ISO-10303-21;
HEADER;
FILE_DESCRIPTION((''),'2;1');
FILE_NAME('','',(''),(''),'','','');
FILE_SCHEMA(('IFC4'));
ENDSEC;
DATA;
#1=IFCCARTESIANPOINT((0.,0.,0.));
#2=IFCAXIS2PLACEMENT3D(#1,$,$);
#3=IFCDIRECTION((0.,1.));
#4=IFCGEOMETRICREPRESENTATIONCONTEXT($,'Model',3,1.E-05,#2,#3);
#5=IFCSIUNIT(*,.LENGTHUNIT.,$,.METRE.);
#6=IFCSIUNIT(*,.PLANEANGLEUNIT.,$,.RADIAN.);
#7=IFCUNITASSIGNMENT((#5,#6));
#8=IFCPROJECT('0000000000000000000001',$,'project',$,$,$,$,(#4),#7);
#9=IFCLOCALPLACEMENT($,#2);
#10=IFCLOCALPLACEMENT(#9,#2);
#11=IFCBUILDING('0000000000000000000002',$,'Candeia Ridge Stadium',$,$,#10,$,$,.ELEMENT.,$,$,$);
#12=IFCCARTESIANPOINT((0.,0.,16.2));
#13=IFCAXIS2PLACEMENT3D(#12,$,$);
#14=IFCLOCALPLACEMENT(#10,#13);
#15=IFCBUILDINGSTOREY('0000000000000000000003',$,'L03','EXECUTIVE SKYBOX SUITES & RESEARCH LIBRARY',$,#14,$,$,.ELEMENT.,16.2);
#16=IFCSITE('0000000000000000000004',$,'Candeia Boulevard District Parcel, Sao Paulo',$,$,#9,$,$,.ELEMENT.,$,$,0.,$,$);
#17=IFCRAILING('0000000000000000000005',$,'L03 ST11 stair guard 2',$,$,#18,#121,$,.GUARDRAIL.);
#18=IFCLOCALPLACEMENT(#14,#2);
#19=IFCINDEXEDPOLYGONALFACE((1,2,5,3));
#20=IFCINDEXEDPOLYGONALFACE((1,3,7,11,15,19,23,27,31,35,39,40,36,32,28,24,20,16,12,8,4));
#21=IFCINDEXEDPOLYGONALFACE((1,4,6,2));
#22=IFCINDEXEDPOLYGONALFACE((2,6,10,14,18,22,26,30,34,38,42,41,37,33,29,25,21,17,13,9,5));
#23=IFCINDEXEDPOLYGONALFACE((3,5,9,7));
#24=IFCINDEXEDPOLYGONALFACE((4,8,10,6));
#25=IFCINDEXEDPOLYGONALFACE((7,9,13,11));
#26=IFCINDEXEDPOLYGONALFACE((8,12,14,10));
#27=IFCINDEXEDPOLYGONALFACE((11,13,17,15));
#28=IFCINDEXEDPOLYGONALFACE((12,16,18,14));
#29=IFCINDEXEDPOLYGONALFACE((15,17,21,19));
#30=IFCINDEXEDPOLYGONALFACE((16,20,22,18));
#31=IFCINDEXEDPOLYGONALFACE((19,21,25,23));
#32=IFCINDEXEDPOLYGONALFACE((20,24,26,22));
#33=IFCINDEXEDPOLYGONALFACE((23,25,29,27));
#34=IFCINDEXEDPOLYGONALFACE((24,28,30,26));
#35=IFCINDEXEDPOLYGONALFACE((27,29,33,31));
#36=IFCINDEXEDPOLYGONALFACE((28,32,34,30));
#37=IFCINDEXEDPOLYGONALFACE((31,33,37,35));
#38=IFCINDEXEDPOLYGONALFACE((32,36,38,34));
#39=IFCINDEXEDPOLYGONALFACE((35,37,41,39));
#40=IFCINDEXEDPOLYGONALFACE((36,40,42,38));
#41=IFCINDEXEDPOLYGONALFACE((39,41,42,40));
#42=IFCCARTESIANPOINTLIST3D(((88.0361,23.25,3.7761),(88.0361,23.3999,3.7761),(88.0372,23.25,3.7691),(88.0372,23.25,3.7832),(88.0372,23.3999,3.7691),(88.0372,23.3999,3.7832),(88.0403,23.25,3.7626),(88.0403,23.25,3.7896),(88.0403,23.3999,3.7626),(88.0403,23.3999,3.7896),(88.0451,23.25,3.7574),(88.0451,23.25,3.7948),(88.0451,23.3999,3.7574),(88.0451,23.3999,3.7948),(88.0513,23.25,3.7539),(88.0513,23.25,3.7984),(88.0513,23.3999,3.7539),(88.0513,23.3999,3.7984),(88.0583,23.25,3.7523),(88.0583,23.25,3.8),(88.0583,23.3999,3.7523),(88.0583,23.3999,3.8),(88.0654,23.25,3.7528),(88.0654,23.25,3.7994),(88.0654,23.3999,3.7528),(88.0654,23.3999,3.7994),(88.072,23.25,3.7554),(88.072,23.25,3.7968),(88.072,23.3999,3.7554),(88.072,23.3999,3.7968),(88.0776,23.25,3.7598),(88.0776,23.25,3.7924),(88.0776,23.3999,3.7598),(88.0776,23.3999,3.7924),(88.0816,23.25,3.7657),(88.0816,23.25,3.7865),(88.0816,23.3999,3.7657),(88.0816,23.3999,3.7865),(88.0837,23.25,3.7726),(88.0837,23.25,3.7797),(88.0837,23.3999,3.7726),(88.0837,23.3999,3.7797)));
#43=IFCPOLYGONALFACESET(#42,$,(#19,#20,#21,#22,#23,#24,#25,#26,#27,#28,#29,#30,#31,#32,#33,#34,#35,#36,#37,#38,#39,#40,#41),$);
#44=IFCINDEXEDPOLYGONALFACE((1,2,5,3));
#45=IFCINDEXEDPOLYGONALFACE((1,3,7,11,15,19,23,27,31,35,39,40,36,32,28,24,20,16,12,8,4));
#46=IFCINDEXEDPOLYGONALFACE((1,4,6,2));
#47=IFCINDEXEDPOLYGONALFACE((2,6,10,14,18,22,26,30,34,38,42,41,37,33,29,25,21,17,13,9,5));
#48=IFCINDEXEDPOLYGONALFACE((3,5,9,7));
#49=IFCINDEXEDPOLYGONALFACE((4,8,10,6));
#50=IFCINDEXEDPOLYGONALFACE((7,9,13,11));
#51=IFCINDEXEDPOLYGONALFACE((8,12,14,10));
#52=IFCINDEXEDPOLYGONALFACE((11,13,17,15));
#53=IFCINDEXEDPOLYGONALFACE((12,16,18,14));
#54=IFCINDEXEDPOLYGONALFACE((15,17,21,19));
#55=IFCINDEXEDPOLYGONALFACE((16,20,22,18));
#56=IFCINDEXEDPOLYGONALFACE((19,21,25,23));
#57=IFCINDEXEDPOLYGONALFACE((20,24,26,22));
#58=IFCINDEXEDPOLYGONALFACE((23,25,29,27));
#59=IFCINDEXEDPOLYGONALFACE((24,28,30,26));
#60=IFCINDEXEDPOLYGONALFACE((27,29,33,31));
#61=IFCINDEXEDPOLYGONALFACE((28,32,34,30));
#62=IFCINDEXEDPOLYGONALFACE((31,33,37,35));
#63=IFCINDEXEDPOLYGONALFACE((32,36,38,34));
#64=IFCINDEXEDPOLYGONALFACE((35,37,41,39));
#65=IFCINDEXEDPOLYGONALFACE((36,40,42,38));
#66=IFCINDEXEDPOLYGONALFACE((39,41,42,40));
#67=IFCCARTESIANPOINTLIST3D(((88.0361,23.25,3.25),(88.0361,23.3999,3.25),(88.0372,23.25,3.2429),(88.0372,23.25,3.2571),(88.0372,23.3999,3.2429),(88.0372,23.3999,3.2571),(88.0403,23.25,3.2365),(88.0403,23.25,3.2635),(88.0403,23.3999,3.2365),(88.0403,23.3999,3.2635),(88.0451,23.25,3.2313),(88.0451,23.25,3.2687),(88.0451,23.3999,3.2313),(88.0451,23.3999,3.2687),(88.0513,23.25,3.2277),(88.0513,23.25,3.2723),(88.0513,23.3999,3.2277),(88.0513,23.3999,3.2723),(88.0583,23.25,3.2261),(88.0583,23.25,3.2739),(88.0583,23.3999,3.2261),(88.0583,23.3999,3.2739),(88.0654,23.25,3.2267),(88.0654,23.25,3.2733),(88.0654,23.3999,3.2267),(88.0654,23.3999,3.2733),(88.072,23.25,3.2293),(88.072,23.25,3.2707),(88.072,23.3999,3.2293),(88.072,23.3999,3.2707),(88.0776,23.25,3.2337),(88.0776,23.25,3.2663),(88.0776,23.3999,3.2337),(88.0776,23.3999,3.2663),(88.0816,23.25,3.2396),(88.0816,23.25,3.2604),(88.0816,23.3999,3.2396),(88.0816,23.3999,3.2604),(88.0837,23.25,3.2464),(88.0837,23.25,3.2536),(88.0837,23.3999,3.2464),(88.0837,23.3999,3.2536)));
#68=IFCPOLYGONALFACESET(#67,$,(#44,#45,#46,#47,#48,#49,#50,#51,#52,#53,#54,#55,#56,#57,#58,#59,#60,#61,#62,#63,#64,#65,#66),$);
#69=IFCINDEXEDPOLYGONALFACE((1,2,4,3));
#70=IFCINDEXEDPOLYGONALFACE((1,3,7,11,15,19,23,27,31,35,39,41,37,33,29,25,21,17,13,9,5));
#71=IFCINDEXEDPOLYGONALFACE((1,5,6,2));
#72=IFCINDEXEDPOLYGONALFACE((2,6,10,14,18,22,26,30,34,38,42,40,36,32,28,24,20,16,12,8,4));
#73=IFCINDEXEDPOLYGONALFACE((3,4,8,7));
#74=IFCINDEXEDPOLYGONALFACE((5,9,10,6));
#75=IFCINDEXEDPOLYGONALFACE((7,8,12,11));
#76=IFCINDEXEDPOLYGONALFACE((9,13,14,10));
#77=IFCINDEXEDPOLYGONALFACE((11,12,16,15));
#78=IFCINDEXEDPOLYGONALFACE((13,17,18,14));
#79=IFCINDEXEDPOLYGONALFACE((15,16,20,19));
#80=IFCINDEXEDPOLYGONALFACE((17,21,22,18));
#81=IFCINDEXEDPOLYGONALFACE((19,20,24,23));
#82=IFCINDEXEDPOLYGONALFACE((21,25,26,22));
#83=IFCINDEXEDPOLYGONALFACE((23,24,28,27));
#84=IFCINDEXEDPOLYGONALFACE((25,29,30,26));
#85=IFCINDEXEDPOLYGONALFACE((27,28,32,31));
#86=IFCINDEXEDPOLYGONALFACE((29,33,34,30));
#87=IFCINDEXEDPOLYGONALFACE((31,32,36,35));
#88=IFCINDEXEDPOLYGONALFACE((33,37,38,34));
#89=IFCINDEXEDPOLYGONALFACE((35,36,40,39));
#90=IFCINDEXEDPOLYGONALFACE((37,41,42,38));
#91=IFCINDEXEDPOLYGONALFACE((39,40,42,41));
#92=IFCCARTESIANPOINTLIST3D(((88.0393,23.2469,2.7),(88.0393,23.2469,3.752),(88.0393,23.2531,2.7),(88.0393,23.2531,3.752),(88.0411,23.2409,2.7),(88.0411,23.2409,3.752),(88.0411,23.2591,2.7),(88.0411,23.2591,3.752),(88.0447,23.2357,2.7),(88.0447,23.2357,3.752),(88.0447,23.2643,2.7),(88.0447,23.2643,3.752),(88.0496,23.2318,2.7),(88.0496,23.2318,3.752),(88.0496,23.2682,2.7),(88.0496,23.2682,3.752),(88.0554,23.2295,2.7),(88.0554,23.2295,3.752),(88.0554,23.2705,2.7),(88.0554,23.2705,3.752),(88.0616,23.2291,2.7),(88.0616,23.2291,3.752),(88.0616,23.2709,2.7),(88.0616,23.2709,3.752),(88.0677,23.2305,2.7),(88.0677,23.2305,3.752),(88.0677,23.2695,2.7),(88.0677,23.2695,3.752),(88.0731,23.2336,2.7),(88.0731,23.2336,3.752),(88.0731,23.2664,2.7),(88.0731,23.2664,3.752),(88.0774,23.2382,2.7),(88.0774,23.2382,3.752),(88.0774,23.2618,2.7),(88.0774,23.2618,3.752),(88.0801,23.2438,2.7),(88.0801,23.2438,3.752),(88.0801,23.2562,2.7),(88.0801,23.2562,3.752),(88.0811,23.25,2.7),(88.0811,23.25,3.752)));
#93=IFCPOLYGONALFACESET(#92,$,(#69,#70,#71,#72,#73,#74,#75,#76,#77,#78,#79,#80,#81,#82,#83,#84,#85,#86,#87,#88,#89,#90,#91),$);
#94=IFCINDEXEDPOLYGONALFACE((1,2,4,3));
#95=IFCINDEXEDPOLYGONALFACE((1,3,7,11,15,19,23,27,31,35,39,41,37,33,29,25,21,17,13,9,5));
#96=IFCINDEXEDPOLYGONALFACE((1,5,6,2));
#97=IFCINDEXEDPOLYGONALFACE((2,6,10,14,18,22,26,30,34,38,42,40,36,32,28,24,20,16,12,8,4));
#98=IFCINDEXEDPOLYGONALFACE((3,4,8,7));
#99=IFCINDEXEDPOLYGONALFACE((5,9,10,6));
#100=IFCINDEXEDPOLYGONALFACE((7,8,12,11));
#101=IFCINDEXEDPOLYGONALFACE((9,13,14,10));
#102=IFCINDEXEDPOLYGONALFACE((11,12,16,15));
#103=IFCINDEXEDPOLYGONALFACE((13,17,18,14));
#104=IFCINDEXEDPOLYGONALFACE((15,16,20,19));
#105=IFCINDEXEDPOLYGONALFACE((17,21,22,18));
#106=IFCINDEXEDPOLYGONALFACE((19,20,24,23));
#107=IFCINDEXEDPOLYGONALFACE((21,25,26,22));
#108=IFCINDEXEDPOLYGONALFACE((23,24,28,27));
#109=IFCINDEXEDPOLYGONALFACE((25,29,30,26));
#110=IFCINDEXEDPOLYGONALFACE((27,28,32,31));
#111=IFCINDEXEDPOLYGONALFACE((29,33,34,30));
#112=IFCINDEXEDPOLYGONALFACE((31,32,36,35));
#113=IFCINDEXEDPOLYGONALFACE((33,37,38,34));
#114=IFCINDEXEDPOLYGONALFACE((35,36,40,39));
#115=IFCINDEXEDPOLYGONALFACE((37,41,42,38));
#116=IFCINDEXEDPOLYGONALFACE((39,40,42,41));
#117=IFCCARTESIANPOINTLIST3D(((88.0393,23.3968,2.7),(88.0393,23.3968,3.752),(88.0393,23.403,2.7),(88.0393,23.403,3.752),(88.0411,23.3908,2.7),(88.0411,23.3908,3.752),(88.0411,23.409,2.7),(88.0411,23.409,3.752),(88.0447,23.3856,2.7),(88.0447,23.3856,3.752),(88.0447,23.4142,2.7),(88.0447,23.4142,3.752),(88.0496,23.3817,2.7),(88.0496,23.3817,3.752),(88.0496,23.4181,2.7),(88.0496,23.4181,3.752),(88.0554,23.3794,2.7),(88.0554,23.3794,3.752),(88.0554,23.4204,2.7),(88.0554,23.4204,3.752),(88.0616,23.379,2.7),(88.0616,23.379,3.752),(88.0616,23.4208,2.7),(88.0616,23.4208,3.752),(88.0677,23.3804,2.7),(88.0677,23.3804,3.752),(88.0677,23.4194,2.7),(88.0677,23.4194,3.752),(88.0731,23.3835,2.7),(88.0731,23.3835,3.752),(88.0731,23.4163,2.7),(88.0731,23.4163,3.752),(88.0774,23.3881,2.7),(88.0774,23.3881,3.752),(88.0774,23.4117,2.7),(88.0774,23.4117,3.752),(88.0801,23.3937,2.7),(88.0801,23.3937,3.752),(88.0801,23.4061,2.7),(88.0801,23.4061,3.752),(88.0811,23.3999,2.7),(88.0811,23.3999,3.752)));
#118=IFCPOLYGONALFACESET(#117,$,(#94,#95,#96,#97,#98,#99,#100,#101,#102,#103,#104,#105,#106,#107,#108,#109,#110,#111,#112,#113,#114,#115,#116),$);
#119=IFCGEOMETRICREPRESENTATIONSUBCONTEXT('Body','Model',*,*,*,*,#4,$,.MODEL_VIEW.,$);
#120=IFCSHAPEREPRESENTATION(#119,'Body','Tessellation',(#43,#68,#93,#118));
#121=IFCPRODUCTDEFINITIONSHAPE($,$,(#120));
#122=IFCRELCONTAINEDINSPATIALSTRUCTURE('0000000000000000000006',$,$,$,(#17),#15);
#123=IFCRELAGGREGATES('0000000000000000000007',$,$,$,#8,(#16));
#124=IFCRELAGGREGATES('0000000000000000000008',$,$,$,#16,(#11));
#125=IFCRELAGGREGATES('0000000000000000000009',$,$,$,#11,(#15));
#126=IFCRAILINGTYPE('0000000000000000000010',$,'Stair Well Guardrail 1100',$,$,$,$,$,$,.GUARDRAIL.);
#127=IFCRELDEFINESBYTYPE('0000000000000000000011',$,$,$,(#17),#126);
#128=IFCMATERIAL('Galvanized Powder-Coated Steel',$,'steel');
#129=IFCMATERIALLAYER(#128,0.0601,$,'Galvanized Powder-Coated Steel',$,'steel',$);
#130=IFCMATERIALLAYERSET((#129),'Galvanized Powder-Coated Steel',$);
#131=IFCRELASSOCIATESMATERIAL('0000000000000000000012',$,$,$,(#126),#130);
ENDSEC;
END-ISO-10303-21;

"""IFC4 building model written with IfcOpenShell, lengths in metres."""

from ifc_helpers import new_model, si_unit, direction, frame, origin, origin_2d, place, context, subcontext, project, spatial, circle, extrude, material, layer, layer_set, type_object, element, save


model = new_model("IFC4")

# Units and contexts
model_context = context("Model", 3, precision=1e-05, world=origin(), true_north=direction((0.0, 1.0)))
body_context = subcontext(model_context, "Body", "Model", "MODEL_VIEW")
ifc_project = project(units=[si_unit("LENGTHUNIT", "METRE"), si_unit("PLANEANGLEUNIT", "RADIAN")], contexts=[model_context])

# Site, building, storey
site_placement = place(None, origin())
site = spatial("IfcSite", under=ifc_project, at=site_placement, Name="Candeia Boulevard District Parcel, Sao Paulo", CompositionType="ELEMENT", RefElevation=0.0)
building_placement = place(site_placement, origin())
building = spatial("IfcBuilding", under=site, at=building_placement, Name="Candeia Ridge Stadium", CompositionType="ELEMENT")
storey_placement = place(building_placement, frame((0.0, 0.0, 16.2)))
storey = spatial("IfcBuildingStorey", under=building, at=storey_placement, Name="L03", Description="EXECUTIVE SKYBOX SUITES & RESEARCH LIBRARY", CompositionType="ELEMENT", Elevation=16.2)

# Railing
ifc_material_1 = material(Name="Galvanized Powder-Coated Steel", Category="steel")
ifc_layer_1 = layer(ifc_material_1, 0.0601, Name="Galvanized Powder-Coated Steel", Category="steel")
ifc_layer_set_1 = layer_set([ifc_layer_1], Name="Galvanized Powder-Coated Steel")
railing_type_1 = type_object("IfcRailingType", Name="Stair Well Guardrail 1100", PredefinedType="GUARDRAIL", material=ifc_layer_set_1)
railing_1_placement = place(storey_placement, frame((88.0601, 23.25, 2.7)))
element("IfcRailing", 1, at=railing_1_placement, inside=storey, type_object=railing_type_1, Name="L03 ST11 stair guard 2", PredefinedType="GUARDRAIL", context=body_context, shape_type="SweptSolid", body=[
    extrude(circle(Radius=0.0239, at=origin_2d()), frame((0.0, 0.0, 1.0762), z_axis=(0.0, 1.0, 0.0), x_axis=(-1.0, 0.0, 0.0)), (0.0, 0.0, 1.0), 0.1499),
    extrude(circle(Radius=0.0239, at=origin_2d()), frame((0.0, 0.0, 0.55), z_axis=(0.0, 1.0, 0.0), x_axis=(-1.0, 0.0, 0.0)), (0.0, 0.0, 1.0), 0.1499),
    extrude(circle(Radius=0.021, at=origin_2d()), origin(), (0.0, 0.0, 1.0), 1.052),
    extrude(circle(Radius=0.021, at=origin_2d()), frame((0.0, 0.1499, 0.0)), (0.0, 0.0, 1.0), 1.052),
])

save(model, "model.ifc")
